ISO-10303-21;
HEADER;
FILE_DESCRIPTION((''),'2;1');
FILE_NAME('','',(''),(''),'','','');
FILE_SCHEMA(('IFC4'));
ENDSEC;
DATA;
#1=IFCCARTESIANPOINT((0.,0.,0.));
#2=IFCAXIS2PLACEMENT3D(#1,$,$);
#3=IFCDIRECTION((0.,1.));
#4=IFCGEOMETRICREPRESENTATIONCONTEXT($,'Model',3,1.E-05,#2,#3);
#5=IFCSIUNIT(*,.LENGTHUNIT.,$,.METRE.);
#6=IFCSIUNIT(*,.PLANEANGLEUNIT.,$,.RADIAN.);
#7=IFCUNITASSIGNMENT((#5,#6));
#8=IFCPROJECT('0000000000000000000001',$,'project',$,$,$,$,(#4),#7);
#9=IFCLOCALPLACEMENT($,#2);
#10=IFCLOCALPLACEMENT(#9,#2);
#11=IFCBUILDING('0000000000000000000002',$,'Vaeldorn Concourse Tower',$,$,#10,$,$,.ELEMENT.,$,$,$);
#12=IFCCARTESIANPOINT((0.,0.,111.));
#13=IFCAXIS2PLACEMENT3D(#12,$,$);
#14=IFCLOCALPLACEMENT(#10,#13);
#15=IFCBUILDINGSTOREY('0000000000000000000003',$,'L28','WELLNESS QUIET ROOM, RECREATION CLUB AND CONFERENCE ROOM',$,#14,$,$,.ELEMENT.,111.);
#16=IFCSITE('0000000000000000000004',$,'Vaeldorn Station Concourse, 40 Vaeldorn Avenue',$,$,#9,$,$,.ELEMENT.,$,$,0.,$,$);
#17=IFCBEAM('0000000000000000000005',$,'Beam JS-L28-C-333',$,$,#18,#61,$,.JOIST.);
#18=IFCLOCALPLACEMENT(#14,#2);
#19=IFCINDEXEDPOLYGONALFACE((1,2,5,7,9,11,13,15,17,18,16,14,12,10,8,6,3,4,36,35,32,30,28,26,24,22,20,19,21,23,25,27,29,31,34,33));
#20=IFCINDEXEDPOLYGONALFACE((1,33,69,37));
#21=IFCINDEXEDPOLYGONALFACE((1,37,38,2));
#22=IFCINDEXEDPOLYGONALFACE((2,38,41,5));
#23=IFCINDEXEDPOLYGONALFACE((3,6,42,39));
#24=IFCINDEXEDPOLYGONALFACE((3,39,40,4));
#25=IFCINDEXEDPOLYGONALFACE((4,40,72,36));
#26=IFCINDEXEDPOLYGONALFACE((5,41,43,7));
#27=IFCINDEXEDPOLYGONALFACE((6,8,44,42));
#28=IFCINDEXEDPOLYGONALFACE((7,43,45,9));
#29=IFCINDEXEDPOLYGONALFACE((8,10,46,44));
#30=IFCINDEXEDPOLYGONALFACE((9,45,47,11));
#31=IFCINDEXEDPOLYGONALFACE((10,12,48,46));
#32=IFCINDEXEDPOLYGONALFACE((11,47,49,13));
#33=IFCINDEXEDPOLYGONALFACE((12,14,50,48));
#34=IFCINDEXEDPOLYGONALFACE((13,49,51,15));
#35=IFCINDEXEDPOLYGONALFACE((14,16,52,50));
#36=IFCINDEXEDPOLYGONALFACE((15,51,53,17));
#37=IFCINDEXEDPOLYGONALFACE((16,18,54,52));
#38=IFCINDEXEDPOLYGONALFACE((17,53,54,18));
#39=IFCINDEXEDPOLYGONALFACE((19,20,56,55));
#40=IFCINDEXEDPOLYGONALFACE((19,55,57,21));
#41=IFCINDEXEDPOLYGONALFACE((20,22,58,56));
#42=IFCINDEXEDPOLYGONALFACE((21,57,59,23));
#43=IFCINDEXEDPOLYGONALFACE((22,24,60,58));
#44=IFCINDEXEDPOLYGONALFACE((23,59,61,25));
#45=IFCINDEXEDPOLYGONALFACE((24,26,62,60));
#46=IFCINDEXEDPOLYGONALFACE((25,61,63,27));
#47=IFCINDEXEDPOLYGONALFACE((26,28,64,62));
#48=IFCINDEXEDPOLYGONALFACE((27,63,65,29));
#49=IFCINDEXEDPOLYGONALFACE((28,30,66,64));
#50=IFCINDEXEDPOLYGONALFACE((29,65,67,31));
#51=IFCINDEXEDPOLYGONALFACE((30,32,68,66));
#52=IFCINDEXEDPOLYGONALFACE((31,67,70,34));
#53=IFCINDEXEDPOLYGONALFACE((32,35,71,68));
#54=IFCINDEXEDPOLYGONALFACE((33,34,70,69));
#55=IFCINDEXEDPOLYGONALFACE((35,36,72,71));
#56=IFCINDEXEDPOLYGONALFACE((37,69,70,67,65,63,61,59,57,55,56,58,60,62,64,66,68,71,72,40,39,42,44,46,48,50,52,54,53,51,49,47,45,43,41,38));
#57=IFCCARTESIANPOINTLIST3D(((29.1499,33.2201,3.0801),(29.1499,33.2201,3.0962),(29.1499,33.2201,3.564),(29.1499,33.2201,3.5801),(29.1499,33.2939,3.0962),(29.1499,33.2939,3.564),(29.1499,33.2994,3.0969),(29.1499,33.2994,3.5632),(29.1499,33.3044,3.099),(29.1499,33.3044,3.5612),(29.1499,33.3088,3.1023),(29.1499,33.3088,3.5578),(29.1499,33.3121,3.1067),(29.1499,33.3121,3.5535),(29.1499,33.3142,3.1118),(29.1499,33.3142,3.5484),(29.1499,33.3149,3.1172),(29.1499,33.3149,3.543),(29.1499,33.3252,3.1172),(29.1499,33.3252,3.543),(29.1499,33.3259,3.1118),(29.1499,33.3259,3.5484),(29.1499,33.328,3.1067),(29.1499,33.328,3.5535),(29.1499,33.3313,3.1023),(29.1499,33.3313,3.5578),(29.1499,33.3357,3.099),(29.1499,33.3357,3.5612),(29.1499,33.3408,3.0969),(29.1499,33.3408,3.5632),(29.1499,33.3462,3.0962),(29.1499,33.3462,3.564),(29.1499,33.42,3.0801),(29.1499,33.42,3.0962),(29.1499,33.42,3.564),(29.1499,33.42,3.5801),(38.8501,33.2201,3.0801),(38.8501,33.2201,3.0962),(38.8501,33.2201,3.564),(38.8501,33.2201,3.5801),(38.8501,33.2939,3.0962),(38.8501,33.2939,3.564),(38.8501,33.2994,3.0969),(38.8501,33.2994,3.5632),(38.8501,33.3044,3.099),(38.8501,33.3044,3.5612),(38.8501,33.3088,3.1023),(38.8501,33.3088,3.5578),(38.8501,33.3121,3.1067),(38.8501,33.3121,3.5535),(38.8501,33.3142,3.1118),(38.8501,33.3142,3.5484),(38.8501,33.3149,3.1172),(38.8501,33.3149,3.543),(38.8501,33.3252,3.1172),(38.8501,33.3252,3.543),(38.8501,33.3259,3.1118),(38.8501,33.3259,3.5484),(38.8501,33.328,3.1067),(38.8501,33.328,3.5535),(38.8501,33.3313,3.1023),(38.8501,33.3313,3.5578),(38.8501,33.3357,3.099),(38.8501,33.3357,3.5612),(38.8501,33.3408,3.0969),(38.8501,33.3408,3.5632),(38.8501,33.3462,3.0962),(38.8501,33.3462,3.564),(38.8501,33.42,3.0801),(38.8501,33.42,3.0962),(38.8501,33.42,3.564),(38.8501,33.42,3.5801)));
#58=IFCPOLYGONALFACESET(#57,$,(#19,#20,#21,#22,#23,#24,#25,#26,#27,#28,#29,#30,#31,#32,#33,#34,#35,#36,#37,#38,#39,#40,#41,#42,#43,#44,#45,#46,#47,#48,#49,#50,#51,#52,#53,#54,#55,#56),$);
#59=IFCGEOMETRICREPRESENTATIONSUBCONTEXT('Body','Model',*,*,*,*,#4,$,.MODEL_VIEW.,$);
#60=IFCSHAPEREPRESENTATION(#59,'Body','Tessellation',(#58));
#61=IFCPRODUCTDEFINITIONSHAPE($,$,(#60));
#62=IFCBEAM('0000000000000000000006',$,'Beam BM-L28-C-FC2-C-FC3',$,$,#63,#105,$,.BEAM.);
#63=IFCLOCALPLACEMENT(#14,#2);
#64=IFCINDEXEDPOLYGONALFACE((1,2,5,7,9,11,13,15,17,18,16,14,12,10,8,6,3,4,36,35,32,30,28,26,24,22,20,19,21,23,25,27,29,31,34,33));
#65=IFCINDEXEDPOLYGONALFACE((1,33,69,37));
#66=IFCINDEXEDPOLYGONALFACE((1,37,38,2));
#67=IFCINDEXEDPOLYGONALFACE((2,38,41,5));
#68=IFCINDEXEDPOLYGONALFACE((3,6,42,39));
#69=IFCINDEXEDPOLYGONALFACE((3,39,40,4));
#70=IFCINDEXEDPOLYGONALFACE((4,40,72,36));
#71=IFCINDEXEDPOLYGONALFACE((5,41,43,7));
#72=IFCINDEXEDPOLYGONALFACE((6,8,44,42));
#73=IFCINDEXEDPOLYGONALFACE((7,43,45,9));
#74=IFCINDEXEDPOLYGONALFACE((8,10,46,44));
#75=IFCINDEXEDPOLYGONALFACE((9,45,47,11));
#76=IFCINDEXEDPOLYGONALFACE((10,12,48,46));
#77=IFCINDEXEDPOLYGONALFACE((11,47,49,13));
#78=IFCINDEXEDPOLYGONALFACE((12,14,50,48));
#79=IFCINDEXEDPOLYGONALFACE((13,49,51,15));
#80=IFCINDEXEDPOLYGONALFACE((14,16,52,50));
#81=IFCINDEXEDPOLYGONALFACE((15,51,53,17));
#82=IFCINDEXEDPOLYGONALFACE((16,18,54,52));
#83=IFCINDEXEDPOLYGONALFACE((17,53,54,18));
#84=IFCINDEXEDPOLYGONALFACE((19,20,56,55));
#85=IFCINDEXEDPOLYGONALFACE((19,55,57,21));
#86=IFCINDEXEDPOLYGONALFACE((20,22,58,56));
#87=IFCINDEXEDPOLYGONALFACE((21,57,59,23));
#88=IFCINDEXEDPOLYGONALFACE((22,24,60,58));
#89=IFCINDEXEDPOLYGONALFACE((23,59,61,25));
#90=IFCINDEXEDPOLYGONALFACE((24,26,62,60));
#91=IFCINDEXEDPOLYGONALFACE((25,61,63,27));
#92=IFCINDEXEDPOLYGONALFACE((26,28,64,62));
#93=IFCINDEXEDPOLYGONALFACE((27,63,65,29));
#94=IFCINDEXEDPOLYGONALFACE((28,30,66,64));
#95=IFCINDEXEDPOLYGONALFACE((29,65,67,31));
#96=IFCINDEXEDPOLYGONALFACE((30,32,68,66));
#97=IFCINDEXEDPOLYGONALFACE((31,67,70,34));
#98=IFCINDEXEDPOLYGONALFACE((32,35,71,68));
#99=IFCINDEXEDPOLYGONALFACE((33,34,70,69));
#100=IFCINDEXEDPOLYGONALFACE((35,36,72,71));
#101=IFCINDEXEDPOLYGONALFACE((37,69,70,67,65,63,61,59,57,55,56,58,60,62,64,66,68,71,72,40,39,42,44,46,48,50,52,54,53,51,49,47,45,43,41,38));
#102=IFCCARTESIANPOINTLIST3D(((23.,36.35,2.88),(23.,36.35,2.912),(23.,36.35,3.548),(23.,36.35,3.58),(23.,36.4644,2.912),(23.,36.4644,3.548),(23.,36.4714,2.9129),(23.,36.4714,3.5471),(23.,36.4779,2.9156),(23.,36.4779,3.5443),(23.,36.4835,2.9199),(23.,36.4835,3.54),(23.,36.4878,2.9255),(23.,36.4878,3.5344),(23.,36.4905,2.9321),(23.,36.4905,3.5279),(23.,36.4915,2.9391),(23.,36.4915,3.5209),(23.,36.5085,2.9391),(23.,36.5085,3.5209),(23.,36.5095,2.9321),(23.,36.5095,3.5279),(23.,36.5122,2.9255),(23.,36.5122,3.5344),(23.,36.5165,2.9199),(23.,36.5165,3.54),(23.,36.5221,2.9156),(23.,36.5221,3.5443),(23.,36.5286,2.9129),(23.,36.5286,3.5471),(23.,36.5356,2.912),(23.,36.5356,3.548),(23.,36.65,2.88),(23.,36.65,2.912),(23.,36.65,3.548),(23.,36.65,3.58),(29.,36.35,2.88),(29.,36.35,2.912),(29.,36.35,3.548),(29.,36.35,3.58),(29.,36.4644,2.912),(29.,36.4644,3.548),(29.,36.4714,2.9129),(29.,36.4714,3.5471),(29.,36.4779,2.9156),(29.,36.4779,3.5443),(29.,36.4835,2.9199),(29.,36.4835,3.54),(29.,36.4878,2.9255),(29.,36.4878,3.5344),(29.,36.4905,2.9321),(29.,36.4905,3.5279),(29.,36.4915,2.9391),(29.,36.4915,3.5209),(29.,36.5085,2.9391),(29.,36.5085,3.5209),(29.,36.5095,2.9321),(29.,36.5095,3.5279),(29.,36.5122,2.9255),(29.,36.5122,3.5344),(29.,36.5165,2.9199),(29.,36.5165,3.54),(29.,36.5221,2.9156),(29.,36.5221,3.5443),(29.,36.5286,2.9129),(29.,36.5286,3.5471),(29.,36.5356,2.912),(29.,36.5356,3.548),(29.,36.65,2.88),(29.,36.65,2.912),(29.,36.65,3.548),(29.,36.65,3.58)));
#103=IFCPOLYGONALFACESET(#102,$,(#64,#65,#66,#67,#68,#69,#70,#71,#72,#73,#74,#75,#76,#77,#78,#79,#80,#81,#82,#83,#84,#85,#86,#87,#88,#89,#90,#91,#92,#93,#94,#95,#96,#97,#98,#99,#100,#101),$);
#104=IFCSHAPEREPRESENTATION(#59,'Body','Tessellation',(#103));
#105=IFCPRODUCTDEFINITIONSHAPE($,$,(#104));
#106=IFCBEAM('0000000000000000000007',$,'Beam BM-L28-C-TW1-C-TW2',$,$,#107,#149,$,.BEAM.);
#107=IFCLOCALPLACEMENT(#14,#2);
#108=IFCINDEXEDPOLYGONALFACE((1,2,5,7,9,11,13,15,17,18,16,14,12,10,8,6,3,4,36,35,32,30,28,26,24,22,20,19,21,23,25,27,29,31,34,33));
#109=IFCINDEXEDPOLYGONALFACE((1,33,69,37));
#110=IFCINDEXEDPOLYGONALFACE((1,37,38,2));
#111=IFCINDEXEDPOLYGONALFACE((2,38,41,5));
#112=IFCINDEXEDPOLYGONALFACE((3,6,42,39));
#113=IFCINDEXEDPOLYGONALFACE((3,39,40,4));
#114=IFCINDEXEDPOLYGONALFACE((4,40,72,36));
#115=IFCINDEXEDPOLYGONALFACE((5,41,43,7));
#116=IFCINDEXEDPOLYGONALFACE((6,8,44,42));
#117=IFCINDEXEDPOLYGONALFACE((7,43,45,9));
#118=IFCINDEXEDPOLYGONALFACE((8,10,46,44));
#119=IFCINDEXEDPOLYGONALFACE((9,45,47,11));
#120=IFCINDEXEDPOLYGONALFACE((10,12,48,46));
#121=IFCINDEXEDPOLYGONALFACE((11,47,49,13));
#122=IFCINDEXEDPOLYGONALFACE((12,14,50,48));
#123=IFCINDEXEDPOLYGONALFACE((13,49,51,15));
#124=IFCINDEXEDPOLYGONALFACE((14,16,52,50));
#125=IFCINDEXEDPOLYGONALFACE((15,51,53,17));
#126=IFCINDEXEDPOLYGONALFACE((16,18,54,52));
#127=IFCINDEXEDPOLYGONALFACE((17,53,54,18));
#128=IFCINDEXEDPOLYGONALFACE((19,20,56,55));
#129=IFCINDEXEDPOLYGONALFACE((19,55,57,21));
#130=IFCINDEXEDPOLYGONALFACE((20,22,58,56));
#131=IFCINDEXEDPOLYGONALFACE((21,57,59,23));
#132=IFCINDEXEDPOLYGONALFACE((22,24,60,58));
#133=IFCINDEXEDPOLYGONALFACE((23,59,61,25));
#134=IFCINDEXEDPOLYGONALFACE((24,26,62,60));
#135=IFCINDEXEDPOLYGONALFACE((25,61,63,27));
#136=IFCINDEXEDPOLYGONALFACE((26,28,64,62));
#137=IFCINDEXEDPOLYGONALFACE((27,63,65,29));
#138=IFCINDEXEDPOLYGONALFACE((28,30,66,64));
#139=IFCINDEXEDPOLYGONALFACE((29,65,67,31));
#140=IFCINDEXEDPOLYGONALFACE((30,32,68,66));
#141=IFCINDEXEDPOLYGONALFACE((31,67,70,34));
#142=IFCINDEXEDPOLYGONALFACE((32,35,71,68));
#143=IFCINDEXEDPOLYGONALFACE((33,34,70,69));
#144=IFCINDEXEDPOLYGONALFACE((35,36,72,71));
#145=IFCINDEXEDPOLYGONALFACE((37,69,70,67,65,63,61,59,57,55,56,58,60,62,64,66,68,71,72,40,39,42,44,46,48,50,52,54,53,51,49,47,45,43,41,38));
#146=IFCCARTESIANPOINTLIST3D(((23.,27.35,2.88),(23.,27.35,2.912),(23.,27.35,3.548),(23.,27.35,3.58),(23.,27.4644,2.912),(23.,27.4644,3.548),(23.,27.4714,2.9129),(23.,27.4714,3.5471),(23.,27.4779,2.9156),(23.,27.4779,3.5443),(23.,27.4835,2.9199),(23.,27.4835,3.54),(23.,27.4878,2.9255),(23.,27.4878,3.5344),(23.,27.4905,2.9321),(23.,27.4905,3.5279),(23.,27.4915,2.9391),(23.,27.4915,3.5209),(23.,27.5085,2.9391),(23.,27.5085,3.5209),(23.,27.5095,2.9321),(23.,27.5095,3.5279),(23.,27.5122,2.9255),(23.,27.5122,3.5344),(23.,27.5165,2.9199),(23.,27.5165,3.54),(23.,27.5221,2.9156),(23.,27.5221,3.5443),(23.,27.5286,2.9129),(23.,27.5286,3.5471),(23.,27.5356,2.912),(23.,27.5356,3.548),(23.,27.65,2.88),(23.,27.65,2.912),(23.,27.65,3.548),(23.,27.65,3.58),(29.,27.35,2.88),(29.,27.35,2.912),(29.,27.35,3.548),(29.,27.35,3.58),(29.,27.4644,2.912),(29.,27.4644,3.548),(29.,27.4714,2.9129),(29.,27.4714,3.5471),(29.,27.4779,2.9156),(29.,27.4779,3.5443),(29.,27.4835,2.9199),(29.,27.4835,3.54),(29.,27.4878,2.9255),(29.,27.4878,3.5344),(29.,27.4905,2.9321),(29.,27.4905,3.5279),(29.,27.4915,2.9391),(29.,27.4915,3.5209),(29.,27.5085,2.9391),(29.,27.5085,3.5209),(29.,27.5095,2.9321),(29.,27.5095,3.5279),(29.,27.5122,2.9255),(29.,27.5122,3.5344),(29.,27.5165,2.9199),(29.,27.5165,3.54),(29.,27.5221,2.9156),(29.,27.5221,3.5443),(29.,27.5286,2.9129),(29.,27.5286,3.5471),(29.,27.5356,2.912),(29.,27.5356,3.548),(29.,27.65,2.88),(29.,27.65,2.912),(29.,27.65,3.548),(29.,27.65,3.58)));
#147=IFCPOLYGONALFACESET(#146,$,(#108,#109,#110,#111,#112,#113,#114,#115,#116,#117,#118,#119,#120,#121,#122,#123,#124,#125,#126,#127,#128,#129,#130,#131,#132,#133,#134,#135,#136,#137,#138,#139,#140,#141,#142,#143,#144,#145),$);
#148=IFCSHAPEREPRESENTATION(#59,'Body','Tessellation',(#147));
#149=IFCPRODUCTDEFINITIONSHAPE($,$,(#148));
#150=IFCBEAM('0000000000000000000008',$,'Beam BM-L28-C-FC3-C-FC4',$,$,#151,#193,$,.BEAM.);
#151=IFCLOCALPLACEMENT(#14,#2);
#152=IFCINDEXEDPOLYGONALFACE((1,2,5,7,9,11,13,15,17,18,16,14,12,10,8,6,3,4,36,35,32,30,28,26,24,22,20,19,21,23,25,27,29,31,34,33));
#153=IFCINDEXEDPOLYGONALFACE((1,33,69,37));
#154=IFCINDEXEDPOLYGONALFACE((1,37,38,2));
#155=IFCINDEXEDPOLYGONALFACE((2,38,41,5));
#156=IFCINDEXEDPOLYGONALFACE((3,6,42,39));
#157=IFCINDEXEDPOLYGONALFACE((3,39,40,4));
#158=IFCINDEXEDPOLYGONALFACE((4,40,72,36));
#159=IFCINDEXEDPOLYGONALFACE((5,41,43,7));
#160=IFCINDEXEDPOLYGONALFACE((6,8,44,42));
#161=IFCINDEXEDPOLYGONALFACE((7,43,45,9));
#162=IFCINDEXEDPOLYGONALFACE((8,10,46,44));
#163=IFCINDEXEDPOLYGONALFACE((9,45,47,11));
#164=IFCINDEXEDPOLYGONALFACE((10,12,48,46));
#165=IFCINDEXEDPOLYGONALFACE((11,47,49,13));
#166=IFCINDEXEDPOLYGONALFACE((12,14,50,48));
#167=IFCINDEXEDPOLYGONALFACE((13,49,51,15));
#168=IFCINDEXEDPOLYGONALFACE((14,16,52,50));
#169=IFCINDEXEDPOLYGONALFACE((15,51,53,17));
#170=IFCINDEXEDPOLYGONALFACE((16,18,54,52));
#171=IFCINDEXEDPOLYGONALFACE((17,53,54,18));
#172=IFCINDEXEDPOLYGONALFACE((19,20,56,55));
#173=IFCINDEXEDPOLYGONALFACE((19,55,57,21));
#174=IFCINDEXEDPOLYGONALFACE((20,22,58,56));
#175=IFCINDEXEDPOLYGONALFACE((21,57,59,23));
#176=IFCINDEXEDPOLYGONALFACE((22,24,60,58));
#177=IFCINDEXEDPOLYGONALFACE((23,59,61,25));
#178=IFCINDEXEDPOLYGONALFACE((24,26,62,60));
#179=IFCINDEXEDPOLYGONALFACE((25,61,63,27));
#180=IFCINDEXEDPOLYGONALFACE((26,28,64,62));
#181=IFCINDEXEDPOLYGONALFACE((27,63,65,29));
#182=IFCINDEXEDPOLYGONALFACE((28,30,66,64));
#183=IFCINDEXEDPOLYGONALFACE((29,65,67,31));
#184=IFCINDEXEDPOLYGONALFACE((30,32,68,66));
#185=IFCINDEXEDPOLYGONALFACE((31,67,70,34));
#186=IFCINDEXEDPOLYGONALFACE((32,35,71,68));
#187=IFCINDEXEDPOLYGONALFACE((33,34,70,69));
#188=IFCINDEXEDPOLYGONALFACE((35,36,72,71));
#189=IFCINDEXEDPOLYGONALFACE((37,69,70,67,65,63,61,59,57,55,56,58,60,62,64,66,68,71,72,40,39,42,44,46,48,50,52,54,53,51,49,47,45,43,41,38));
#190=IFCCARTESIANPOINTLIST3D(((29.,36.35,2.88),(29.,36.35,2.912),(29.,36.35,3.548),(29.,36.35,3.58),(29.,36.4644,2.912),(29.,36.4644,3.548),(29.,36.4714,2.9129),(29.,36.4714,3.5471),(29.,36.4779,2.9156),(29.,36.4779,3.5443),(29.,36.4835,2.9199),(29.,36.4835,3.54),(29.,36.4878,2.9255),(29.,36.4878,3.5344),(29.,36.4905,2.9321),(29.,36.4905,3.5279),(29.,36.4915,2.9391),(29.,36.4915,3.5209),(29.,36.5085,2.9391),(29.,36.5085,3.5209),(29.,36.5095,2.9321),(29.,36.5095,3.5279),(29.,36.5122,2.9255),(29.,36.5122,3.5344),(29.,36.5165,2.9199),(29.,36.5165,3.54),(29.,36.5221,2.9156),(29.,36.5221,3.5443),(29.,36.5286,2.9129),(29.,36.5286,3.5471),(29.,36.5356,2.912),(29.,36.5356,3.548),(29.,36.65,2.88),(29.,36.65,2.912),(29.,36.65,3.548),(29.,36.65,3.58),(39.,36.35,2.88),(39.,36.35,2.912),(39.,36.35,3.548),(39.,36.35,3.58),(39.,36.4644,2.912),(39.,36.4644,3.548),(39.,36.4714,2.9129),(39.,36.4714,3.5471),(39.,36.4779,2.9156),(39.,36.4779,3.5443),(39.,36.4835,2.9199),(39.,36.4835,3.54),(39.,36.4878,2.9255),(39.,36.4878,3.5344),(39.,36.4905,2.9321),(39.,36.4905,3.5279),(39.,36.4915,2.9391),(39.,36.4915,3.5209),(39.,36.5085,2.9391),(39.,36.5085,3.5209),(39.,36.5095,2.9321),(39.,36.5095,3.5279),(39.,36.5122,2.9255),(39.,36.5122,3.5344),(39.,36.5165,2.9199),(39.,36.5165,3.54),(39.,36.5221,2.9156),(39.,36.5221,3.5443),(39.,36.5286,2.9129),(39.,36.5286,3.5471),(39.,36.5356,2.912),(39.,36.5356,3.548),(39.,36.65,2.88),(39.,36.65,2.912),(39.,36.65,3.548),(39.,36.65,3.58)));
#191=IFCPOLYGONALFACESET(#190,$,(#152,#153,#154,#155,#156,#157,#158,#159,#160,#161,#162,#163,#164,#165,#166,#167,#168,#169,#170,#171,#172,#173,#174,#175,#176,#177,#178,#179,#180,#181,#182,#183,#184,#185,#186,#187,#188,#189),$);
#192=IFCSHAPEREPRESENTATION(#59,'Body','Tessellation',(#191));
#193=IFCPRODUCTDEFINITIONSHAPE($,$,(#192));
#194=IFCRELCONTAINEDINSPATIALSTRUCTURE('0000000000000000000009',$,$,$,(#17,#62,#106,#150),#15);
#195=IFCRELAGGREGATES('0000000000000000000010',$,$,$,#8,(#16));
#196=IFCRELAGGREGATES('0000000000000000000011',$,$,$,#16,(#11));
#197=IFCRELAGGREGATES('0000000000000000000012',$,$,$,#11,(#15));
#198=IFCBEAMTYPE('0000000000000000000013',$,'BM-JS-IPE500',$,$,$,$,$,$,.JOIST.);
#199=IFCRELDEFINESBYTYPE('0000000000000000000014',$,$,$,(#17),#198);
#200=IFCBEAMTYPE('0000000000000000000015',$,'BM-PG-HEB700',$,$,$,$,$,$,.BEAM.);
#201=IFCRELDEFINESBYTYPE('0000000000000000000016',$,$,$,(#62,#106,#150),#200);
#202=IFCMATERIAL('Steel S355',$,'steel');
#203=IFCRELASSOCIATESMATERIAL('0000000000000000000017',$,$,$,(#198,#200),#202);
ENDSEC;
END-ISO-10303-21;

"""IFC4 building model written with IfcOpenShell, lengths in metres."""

from ifc_helpers import new_model, si_unit, direction, frame, origin, origin_2d, place, context, subcontext, project, spatial, i_section, extrude, source, transform, mapped, material, material_profile, profile_set, type_object, element, save


model = new_model("IFC4")

# Units and contexts
model_context = context("Model", 3, precision=1e-05, world=origin(), true_north=direction((0.0, 1.0)))
body_context = subcontext(model_context, "Body", "Model", "MODEL_VIEW")
ifc_project = project(units=[si_unit("LENGTHUNIT", "METRE"), si_unit("PLANEANGLEUNIT", "RADIAN")], contexts=[model_context])

# Site, building, storey
site_placement = place(None, origin())
site = spatial("IfcSite", under=ifc_project, at=site_placement, Name="Vaeldorn Station Concourse, 40 Vaeldorn Avenue", CompositionType="ELEMENT", RefElevation=0.0)
building_placement = place(site_placement, origin())
building = spatial("IfcBuilding", under=site, at=building_placement, Name="Vaeldorn Concourse Tower", CompositionType="ELEMENT")
storey_placement = place(building_placement, frame((0.0, 0.0, 111.0)))
storey = spatial("IfcBuildingStorey", under=building, at=storey_placement, Name="L28", Description="WELLNESS QUIET ROOM, RECREATION CLUB AND CONFERENCE ROOM", CompositionType="ELEMENT", Elevation=111.0)

# Beams
ifc_material_1 = material(Name="Steel S355", Category="steel")
ifc_material_profile_1 = material_profile(ifc_material_1, i_section(OverallWidth=0.2, OverallDepth=0.5, WebThickness=0.0103, FlangeThickness=0.0161, FilletRadius=0.021, at=origin_2d()), Name="IPE 500")
ifc_profile_set_1 = profile_set([ifc_material_profile_1], Name="Steel S355")
beam_type_1 = type_object("IfcBeamType", Name="BM-JS-IPE500", PredefinedType="JOIST", material=ifc_profile_set_1)
shared_shape_1 = source(origin(), body_context, "Body", "SweptSolid", [
    extrude(i_section(OverallWidth=0.2, OverallDepth=0.5, WebThickness=0.0103, FlangeThickness=0.0161, FilletRadius=0.021, at=origin_2d()), origin(), (0.0, 0.0, 1.0), 9.7002),
])
for number, where, z_axis, x_axis, name in (
    (1, (29.1499, 33.3201, 3.3301), (1.0, 0.0, 0.0), (0.0, 1.0, 0.0), "Beam JS-L28-C-333"),
):
    element("IfcBeam", number, at=place(storey_placement, frame(where, z_axis=z_axis, x_axis=x_axis)), inside=storey, type_object=beam_type_1, Name=name, PredefinedType="JOIST", context=body_context, shape_type="MappedRepresentation", body=[
        mapped(shared_shape_1, transform((0.0, 0.0, 0.0), scale=1.0)),
    ])
ifc_material_profile_2 = material_profile(ifc_material_1, i_section(OverallWidth=0.3, OverallDepth=0.7, WebThickness=0.0171, FlangeThickness=0.032, FilletRadius=0.0271, at=origin_2d()), Name="HEB 700")
ifc_profile_set_2 = profile_set([ifc_material_profile_2], Name="Steel S355")
beam_type_2 = type_object("IfcBeamType", Name="BM-PG-HEB700", PredefinedType="BEAM", material=ifc_profile_set_2)
shared_shape_2 = source(origin(), body_context, "Body", "SweptSolid", [
    extrude(i_section(OverallWidth=0.3, OverallDepth=0.7, WebThickness=0.0171, FlangeThickness=0.032, FilletRadius=0.0271, at=origin_2d()), origin(), (0.0, 0.0, 1.0), 6.0),
])
for number, where, z_axis, x_axis, name in (
    (2, (23.0, 36.5, 3.23), (1.0, 0.0, 0.0), (0.0, 1.0, 0.0), "Beam BM-L28-C-FC2-C-FC3"),
    (3, (23.0, 27.5, 3.23), (1.0, 0.0, 0.0), (0.0, 1.0, 0.0), "Beam BM-L28-C-TW1-C-TW2"),
):
    element("IfcBeam", number, at=place(storey_placement, frame(where, z_axis=z_axis, x_axis=x_axis)), inside=storey, type_object=beam_type_2, Name=name, PredefinedType="BEAM", context=body_context, shape_type="MappedRepresentation", body=[
        mapped(shared_shape_2, transform((0.0, 0.0, 0.0), scale=1.0)),
    ])
shared_shape_3 = source(origin(), body_context, "Body", "SweptSolid", [
    extrude(i_section(OverallWidth=0.3, OverallDepth=0.7, WebThickness=0.0171, FlangeThickness=0.032, FilletRadius=0.0271, at=origin_2d()), origin(), (0.0, 0.0, 1.0), 10.0),
])
for number, where, z_axis, x_axis, name in (
    (4, (29.0, 36.5, 3.23), (1.0, 0.0, 0.0), (0.0, 1.0, 0.0), "Beam BM-L28-C-FC3-C-FC4"),
):
    element("IfcBeam", number, at=place(storey_placement, frame(where, z_axis=z_axis, x_axis=x_axis)), inside=storey, type_object=beam_type_2, Name=name, PredefinedType="BEAM", context=body_context, shape_type="MappedRepresentation", body=[
        mapped(shared_shape_3, transform((0.0, 0.0, 0.0), scale=1.0)),
    ])

save(model, "model.ifc")
